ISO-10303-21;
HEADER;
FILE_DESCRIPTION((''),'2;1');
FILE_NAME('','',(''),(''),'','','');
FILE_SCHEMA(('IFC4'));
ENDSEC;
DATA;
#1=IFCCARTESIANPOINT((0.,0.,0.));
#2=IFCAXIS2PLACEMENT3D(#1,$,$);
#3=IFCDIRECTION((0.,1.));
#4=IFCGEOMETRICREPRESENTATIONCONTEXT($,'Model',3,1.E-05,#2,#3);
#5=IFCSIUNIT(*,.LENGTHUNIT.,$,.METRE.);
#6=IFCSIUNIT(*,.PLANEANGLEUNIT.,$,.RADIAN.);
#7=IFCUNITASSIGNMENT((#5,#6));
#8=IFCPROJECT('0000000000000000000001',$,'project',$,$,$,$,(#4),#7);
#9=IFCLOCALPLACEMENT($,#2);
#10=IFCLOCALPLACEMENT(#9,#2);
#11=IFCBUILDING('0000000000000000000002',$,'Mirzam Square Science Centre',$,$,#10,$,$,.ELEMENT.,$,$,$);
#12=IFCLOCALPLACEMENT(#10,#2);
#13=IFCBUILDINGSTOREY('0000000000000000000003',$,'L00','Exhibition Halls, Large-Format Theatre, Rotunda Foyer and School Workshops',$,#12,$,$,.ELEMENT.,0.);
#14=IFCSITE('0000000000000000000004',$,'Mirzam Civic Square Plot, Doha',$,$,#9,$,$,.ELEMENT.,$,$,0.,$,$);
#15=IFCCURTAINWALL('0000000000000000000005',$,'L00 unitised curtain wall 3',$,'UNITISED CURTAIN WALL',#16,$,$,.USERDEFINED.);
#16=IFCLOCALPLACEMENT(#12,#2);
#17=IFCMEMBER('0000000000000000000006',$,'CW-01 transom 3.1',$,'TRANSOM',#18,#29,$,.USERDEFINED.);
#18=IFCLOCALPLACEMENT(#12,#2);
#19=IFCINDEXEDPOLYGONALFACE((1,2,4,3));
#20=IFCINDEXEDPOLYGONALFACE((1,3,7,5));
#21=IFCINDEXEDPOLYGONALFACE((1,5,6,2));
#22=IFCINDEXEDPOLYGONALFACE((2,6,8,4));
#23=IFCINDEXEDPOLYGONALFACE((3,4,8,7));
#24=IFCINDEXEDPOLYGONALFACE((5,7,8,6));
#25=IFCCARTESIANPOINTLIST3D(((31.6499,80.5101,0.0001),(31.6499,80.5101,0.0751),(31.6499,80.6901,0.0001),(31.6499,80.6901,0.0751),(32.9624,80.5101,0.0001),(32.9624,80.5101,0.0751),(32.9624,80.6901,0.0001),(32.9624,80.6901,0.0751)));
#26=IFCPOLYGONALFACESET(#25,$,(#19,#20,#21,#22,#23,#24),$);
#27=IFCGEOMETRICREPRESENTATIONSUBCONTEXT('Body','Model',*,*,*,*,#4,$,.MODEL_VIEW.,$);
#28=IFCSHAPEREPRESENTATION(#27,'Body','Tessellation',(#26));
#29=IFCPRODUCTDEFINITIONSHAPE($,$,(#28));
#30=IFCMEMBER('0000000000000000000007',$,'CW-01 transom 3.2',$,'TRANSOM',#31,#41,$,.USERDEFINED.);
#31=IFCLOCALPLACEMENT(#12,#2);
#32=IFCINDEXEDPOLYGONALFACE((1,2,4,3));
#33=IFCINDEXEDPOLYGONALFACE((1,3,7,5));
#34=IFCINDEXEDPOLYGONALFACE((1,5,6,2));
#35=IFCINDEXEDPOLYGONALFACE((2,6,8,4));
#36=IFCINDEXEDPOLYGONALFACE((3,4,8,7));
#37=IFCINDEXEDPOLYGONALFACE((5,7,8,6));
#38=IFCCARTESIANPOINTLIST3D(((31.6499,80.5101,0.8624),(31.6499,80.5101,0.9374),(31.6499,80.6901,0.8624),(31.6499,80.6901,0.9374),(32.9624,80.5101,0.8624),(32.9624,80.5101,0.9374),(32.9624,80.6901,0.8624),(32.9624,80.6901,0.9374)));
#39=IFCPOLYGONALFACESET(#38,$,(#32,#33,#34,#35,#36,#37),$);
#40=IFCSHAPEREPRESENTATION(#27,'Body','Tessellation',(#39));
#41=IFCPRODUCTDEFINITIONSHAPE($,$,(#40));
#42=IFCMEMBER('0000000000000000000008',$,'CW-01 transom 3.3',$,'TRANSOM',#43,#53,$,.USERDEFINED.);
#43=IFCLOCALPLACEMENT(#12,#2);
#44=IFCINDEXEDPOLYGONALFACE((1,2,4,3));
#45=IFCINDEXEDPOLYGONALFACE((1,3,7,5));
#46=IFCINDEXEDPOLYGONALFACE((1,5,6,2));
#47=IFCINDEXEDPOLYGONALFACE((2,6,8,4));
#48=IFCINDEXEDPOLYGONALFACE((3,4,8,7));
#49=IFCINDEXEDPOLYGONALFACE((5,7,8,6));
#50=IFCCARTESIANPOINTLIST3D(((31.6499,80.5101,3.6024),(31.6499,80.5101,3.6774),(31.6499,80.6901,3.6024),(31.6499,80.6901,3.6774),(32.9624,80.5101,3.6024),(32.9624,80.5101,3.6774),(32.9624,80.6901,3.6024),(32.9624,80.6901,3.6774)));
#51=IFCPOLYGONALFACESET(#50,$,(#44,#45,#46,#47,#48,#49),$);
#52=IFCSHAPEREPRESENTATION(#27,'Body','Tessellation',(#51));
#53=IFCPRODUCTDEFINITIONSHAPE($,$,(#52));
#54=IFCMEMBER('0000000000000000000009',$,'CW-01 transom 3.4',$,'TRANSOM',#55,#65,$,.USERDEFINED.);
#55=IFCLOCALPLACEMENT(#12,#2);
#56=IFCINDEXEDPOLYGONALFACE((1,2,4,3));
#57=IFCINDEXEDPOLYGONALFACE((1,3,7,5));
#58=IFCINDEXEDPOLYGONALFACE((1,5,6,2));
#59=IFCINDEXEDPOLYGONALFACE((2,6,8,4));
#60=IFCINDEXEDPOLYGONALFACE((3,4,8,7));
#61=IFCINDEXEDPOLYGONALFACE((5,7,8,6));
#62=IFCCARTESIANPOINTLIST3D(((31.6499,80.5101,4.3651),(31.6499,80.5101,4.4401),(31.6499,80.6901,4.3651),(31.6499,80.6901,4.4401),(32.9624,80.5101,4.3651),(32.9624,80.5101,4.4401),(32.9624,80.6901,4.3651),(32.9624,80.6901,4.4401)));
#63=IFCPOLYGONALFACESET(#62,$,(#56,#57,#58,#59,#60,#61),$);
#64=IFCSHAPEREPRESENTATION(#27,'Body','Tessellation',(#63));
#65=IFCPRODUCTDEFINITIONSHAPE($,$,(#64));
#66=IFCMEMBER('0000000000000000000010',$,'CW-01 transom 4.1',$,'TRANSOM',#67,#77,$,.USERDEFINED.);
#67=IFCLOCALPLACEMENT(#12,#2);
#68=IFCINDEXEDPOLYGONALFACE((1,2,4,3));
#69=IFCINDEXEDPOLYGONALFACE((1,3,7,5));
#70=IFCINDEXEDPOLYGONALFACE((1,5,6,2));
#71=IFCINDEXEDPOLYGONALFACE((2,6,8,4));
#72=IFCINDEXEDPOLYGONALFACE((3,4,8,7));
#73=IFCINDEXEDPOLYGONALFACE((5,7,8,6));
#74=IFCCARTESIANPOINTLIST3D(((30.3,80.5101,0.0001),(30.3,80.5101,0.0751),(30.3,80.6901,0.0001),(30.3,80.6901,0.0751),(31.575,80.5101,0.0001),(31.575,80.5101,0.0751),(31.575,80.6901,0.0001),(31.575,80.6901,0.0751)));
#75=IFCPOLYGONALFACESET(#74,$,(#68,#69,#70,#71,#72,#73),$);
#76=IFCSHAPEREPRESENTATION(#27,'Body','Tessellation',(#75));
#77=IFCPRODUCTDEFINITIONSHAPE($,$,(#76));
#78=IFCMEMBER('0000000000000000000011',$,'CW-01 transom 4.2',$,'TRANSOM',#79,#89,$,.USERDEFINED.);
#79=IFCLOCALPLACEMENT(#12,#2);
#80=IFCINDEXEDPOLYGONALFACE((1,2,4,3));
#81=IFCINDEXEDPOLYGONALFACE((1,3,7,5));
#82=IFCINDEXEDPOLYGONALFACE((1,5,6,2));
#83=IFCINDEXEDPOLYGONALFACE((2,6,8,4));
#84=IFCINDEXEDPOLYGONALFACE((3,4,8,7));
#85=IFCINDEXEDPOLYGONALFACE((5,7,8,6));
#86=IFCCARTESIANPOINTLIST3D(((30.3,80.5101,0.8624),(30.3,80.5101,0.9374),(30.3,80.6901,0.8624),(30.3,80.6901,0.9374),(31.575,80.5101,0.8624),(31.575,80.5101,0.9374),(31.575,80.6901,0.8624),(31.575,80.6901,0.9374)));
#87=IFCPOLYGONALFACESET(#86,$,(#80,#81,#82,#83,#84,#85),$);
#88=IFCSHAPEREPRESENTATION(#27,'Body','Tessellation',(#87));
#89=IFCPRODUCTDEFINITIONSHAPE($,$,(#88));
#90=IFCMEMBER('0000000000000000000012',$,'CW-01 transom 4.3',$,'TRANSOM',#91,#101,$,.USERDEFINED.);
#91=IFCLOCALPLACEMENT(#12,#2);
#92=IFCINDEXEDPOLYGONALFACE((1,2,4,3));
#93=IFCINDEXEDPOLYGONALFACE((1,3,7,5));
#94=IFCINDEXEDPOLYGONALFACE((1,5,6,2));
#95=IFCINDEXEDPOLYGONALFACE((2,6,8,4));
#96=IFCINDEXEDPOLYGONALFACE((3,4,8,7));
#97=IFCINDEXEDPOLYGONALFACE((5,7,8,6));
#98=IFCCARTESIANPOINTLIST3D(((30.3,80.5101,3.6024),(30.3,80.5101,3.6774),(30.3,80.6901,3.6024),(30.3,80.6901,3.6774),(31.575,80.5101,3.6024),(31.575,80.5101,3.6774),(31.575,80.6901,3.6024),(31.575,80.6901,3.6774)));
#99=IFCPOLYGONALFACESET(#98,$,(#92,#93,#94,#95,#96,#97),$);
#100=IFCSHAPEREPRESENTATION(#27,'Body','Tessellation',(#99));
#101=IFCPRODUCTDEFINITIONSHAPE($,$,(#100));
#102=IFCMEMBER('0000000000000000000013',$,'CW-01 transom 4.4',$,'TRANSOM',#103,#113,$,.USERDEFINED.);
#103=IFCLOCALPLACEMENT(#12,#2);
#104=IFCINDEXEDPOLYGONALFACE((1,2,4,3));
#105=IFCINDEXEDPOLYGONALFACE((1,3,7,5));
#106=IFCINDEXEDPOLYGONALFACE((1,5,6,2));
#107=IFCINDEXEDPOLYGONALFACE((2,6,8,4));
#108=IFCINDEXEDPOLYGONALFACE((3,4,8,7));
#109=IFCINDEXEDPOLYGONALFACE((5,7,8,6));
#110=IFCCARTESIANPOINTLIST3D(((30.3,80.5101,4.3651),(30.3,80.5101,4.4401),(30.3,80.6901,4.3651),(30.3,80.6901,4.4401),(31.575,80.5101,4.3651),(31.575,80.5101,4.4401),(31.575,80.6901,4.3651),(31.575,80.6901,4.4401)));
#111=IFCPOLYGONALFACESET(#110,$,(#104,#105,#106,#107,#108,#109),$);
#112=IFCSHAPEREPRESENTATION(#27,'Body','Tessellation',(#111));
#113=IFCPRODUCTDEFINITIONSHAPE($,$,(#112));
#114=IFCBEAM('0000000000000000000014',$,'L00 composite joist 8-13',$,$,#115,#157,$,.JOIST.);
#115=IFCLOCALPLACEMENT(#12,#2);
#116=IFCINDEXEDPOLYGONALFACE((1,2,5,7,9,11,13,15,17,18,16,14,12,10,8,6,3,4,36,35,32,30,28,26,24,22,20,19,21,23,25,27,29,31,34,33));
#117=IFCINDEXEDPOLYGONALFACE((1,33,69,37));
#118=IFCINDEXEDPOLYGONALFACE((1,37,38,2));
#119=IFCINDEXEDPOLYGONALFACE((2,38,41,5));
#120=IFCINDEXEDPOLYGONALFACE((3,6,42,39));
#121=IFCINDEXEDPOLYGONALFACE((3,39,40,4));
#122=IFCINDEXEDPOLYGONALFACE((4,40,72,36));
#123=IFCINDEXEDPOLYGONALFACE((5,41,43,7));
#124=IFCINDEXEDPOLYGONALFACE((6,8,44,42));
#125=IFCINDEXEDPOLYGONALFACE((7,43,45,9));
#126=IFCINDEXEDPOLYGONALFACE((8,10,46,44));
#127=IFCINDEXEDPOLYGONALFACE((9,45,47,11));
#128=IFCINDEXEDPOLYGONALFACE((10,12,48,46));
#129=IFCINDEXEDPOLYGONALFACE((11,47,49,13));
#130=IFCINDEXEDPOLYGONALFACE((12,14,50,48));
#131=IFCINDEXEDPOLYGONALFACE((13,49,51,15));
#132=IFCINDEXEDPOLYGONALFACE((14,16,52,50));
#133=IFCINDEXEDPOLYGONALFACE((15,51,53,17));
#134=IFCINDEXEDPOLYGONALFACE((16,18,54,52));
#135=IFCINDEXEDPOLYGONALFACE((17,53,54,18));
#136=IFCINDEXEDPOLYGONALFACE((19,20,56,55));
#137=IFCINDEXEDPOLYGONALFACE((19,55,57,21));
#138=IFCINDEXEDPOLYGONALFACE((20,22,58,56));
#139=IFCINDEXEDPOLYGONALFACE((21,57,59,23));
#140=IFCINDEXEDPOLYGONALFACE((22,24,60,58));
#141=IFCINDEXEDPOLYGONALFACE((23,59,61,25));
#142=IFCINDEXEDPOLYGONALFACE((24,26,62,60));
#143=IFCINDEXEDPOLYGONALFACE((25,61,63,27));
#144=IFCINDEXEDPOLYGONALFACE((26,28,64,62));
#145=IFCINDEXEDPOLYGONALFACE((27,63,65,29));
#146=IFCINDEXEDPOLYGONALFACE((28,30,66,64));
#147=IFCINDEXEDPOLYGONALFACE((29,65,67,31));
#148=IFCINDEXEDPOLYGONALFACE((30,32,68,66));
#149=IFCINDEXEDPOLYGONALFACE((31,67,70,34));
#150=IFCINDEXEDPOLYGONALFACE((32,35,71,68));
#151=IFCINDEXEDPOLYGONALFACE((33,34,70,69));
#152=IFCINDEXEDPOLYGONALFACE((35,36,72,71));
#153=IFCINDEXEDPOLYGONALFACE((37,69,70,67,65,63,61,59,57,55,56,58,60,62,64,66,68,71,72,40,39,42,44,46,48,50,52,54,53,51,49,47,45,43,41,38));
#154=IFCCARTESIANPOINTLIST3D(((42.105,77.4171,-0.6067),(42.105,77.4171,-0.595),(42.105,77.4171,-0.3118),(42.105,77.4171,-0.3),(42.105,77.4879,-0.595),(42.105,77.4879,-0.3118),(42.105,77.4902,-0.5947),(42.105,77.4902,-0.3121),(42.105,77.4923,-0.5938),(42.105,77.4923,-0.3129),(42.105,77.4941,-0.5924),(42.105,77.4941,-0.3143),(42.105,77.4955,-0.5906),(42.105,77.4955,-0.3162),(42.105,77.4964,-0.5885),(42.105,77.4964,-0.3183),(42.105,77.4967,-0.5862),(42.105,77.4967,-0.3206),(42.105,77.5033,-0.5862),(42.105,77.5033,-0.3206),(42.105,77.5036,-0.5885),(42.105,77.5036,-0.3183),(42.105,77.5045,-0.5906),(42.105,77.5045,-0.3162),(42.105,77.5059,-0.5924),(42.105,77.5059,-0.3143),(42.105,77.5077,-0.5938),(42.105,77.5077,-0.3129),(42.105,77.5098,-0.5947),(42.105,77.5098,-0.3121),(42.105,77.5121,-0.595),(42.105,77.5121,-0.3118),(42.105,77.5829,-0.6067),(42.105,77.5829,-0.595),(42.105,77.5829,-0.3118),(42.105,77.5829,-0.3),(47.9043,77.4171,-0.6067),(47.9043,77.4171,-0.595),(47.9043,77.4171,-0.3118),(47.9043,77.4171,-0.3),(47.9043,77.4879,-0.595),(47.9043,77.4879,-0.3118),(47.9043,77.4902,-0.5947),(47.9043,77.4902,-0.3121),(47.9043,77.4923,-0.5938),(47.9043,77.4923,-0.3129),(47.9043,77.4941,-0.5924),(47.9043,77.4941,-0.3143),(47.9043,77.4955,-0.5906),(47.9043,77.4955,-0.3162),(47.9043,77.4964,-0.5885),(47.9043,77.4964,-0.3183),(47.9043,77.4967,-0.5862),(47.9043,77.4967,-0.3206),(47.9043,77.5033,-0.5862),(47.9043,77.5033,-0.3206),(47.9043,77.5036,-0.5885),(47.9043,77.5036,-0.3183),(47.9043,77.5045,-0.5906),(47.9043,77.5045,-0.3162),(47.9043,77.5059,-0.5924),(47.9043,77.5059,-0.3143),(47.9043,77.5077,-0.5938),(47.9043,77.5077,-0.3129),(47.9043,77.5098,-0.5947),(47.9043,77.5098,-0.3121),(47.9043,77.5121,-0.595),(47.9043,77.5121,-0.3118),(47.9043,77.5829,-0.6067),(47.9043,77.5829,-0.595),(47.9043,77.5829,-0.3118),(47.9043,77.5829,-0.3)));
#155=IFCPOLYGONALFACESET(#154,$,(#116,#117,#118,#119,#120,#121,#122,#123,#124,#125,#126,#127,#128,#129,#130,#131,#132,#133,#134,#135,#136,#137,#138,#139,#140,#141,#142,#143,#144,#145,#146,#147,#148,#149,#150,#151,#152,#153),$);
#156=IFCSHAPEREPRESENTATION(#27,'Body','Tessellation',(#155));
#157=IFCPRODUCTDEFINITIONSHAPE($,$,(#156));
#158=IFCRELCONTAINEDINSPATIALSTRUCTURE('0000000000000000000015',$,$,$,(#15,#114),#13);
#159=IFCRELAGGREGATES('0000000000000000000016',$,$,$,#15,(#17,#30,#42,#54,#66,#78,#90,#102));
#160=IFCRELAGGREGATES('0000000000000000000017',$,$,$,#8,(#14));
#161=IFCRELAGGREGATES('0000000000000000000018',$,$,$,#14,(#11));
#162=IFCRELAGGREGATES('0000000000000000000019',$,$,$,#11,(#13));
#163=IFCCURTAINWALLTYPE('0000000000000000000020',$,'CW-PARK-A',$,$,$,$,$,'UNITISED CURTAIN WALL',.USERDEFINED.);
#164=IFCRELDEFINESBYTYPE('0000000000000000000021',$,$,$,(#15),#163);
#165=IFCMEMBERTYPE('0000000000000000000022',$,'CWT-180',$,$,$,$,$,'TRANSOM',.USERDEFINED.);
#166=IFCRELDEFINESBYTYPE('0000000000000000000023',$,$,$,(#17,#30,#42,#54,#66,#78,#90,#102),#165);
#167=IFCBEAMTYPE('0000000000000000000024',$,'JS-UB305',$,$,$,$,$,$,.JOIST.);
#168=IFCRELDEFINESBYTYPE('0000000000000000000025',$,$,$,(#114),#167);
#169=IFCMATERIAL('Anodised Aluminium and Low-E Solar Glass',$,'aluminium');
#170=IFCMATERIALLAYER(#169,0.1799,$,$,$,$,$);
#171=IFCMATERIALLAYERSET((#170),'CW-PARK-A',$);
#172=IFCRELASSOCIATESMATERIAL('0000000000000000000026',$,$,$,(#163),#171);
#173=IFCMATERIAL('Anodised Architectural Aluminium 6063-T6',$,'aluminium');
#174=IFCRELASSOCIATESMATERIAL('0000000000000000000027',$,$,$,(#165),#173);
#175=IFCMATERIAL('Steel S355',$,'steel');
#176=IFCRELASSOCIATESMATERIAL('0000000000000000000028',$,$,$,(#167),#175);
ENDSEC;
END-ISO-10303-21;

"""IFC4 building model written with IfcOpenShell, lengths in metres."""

from ifc_helpers import new_model, si_unit, direction, frame, origin, origin_2d, place, context, subcontext, project, spatial, rectangle, i_section, extrude, material, layer, layer_set, material_profile, profile_set, type_object, element, aggregate, save


model = new_model("IFC4")

# Units and contexts
model_context = context("Model", 3, precision=1e-05, world=origin(), true_north=direction((0.0, 1.0)))
body_context = subcontext(model_context, "Body", "Model", "MODEL_VIEW")
ifc_project = project(units=[si_unit("LENGTHUNIT", "METRE"), si_unit("PLANEANGLEUNIT", "RADIAN")], contexts=[model_context])

# Site, building, storey
site_placement = place(None, origin())
site = spatial("IfcSite", under=ifc_project, at=site_placement, Name="Mirzam Civic Square Plot, Doha", CompositionType="ELEMENT", RefElevation=0.0)
building_placement = place(site_placement, origin())
building = spatial("IfcBuilding", under=site, at=building_placement, Name="Mirzam Square Science Centre", CompositionType="ELEMENT")
storey_placement = place(building_placement, origin())
storey = spatial("IfcBuildingStorey", under=building, at=storey_placement, Name="L00", Description="Exhibition Halls, Large-Format Theatre, Rotunda Foyer and School Workshops", CompositionType="ELEMENT", Elevation=0.0)

# Shared definitions
ifc_material_1 = material(Name="Steel S355", Category="steel")

# Curtain wall, members
ifc_material_2 = material(Name="Anodised Aluminium and Low-E Solar Glass", Category="aluminium")
ifc_layer_1 = layer(ifc_material_2, 0.1799)
ifc_layer_set_1 = layer_set([ifc_layer_1], Name="CW-PARK-A")
curtain_wall_type = type_object("IfcCurtainWallType", Name="CW-PARK-A", ElementType="UNITISED CURTAIN WALL", PredefinedType="USERDEFINED", material=ifc_layer_set_1)
curtain_wall_placement = place(storey_placement, origin())
curtain_wall = element("IfcCurtainWall", 1, at=curtain_wall_placement, inside=storey, type_object=curtain_wall_type, Name="L00 unitised curtain wall 3", ObjectType="UNITISED CURTAIN WALL", PredefinedType="USERDEFINED")
ifc_material_3 = material(Name="Anodised Architectural Aluminium 6063-T6", Category="aluminium")
ifc_material_profile_1 = material_profile(ifc_material_3, rectangle(XDim=0.1799, YDim=0.075, at=origin_2d()), Name="ALU-TRAN-180x75x5")
ifc_profile_set_1 = profile_set([ifc_material_profile_1], Name="Anodised Architectural Aluminium 6063-T6")
member_type_1 = type_object("IfcMemberType", Name="CWT-180", ElementType="TRANSOM", PredefinedType="USERDEFINED", material=ifc_profile_set_1)
member_1_placement = place(storey_placement, frame((32.9624, 80.6001, 0.0376), z_axis=(-1.0, 0.0, 0.0), x_axis=(0.0, -1.0, 0.0)))
member_1 = element("IfcMember", 2, at=member_1_placement, type_object=member_type_1, Name="CW-01 transom 3.1", ObjectType="TRANSOM", PredefinedType="USERDEFINED", context=body_context, shape_type="SweptSolid", body=[
    extrude(rectangle(XDim=0.1799, YDim=0.075, at=origin_2d()), origin(), (0.0, 0.0, 1.0), 1.3125),
])
member_2_placement = place(storey_placement, frame((32.9624, 80.6001, 0.8999), z_axis=(-1.0, 0.0, 0.0), x_axis=(0.0, -1.0, 0.0)))
member_2 = element("IfcMember", 3, at=member_2_placement, type_object=member_type_1, Name="CW-01 transom 3.2", ObjectType="TRANSOM", PredefinedType="USERDEFINED", context=body_context, shape_type="SweptSolid", body=[
    extrude(rectangle(XDim=0.1799, YDim=0.075, at=origin_2d()), origin(), (0.0, 0.0, 1.0), 1.3125),
])
member_3_placement = place(storey_placement, frame((32.9624, 80.6001, 3.6399), z_axis=(-1.0, 0.0, 0.0), x_axis=(0.0, -1.0, 0.0)))
member_3 = element("IfcMember", 4, at=member_3_placement, type_object=member_type_1, Name="CW-01 transom 3.3", ObjectType="TRANSOM", PredefinedType="USERDEFINED", context=body_context, shape_type="SweptSolid", body=[
    extrude(rectangle(XDim=0.1799, YDim=0.075, at=origin_2d()), origin(), (0.0, 0.0, 1.0), 1.3125),
])
member_4_placement = place(storey_placement, frame((32.9624, 80.6001, 4.4026), z_axis=(-1.0, 0.0, 0.0), x_axis=(0.0, -1.0, 0.0)))
member_4 = element("IfcMember", 5, at=member_4_placement, type_object=member_type_1, Name="CW-01 transom 3.4", ObjectType="TRANSOM", PredefinedType="USERDEFINED", context=body_context, shape_type="SweptSolid", body=[
    extrude(rectangle(XDim=0.1799, YDim=0.075, at=origin_2d()), origin(), (0.0, 0.0, 1.0), 1.3125),
])
member_5_placement = place(storey_placement, frame((31.575, 80.6001, 0.0376), z_axis=(-1.0, 0.0, 0.0), x_axis=(0.0, -1.0, 0.0)))
member_5 = element("IfcMember", 6, at=member_5_placement, type_object=member_type_1, Name="CW-01 transom 4.1", ObjectType="TRANSOM", PredefinedType="USERDEFINED", context=body_context, shape_type="SweptSolid", body=[
    extrude(rectangle(XDim=0.1799, YDim=0.075, at=origin_2d()), origin(), (0.0, 0.0, 1.0), 1.2749),
])
member_6_placement = place(storey_placement, frame((31.575, 80.6001, 0.8999), z_axis=(-1.0, 0.0, 0.0), x_axis=(0.0, -1.0, 0.0)))
member_6 = element("IfcMember", 7, at=member_6_placement, type_object=member_type_1, Name="CW-01 transom 4.2", ObjectType="TRANSOM", PredefinedType="USERDEFINED", context=body_context, shape_type="SweptSolid", body=[
    extrude(rectangle(XDim=0.1799, YDim=0.075, at=origin_2d()), origin(), (0.0, 0.0, 1.0), 1.2749),
])
member_7_placement = place(storey_placement, frame((31.575, 80.6001, 3.6399), z_axis=(-1.0, 0.0, 0.0), x_axis=(0.0, -1.0, 0.0)))
member_7 = element("IfcMember", 8, at=member_7_placement, type_object=member_type_1, Name="CW-01 transom 4.3", ObjectType="TRANSOM", PredefinedType="USERDEFINED", context=body_context, shape_type="SweptSolid", body=[
    extrude(rectangle(XDim=0.1799, YDim=0.075, at=origin_2d()), origin(), (0.0, 0.0, 1.0), 1.2749),
])
member_8_placement = place(storey_placement, frame((31.575, 80.6001, 4.4026), z_axis=(-1.0, 0.0, 0.0), x_axis=(0.0, -1.0, 0.0)))
member_8 = element("IfcMember", 9, at=member_8_placement, type_object=member_type_1, Name="CW-01 transom 4.4", ObjectType="TRANSOM", PredefinedType="USERDEFINED", context=body_context, shape_type="SweptSolid", body=[
    extrude(rectangle(XDim=0.1799, YDim=0.075, at=origin_2d()), origin(), (0.0, 0.0, 1.0), 1.2749),
])

# Beam
ifc_material_profile_2 = material_profile(ifc_material_1, i_section(OverallWidth=0.1658, OverallDepth=0.3066, WebThickness=0.0066, FlangeThickness=0.0117, FilletRadius=0.0088, at=origin_2d()), Name="305x165x46UB")
ifc_profile_set_2 = profile_set([ifc_material_profile_2], Name="Steel S355")
beam_type_1 = type_object("IfcBeamType", Name="JS-UB305", PredefinedType="JOIST", material=ifc_profile_set_2)
beam_1_placement = place(storey_placement, frame((42.105, 77.5, -0.4534), z_axis=(1.0, 0.0, 0.0), x_axis=(0.0, 1.0, 0.0)))
element("IfcBeam", 10, at=beam_1_placement, inside=storey, type_object=beam_type_1, Name="L00 composite joist 8-13", PredefinedType="JOIST", context=body_context, shape_type="SweptSolid", body=[
    extrude(i_section(OverallWidth=0.1658, OverallDepth=0.3066, WebThickness=0.0066, FlangeThickness=0.0117, FilletRadius=0.0088, at=origin_2d()), origin(), (0.0, 0.0, 1.0), 5.7993),
])

aggregate(curtain_wall, [member_1, member_2, member_3, member_4, member_5, member_6, member_7, member_8])

save(model, "model.ifc")
